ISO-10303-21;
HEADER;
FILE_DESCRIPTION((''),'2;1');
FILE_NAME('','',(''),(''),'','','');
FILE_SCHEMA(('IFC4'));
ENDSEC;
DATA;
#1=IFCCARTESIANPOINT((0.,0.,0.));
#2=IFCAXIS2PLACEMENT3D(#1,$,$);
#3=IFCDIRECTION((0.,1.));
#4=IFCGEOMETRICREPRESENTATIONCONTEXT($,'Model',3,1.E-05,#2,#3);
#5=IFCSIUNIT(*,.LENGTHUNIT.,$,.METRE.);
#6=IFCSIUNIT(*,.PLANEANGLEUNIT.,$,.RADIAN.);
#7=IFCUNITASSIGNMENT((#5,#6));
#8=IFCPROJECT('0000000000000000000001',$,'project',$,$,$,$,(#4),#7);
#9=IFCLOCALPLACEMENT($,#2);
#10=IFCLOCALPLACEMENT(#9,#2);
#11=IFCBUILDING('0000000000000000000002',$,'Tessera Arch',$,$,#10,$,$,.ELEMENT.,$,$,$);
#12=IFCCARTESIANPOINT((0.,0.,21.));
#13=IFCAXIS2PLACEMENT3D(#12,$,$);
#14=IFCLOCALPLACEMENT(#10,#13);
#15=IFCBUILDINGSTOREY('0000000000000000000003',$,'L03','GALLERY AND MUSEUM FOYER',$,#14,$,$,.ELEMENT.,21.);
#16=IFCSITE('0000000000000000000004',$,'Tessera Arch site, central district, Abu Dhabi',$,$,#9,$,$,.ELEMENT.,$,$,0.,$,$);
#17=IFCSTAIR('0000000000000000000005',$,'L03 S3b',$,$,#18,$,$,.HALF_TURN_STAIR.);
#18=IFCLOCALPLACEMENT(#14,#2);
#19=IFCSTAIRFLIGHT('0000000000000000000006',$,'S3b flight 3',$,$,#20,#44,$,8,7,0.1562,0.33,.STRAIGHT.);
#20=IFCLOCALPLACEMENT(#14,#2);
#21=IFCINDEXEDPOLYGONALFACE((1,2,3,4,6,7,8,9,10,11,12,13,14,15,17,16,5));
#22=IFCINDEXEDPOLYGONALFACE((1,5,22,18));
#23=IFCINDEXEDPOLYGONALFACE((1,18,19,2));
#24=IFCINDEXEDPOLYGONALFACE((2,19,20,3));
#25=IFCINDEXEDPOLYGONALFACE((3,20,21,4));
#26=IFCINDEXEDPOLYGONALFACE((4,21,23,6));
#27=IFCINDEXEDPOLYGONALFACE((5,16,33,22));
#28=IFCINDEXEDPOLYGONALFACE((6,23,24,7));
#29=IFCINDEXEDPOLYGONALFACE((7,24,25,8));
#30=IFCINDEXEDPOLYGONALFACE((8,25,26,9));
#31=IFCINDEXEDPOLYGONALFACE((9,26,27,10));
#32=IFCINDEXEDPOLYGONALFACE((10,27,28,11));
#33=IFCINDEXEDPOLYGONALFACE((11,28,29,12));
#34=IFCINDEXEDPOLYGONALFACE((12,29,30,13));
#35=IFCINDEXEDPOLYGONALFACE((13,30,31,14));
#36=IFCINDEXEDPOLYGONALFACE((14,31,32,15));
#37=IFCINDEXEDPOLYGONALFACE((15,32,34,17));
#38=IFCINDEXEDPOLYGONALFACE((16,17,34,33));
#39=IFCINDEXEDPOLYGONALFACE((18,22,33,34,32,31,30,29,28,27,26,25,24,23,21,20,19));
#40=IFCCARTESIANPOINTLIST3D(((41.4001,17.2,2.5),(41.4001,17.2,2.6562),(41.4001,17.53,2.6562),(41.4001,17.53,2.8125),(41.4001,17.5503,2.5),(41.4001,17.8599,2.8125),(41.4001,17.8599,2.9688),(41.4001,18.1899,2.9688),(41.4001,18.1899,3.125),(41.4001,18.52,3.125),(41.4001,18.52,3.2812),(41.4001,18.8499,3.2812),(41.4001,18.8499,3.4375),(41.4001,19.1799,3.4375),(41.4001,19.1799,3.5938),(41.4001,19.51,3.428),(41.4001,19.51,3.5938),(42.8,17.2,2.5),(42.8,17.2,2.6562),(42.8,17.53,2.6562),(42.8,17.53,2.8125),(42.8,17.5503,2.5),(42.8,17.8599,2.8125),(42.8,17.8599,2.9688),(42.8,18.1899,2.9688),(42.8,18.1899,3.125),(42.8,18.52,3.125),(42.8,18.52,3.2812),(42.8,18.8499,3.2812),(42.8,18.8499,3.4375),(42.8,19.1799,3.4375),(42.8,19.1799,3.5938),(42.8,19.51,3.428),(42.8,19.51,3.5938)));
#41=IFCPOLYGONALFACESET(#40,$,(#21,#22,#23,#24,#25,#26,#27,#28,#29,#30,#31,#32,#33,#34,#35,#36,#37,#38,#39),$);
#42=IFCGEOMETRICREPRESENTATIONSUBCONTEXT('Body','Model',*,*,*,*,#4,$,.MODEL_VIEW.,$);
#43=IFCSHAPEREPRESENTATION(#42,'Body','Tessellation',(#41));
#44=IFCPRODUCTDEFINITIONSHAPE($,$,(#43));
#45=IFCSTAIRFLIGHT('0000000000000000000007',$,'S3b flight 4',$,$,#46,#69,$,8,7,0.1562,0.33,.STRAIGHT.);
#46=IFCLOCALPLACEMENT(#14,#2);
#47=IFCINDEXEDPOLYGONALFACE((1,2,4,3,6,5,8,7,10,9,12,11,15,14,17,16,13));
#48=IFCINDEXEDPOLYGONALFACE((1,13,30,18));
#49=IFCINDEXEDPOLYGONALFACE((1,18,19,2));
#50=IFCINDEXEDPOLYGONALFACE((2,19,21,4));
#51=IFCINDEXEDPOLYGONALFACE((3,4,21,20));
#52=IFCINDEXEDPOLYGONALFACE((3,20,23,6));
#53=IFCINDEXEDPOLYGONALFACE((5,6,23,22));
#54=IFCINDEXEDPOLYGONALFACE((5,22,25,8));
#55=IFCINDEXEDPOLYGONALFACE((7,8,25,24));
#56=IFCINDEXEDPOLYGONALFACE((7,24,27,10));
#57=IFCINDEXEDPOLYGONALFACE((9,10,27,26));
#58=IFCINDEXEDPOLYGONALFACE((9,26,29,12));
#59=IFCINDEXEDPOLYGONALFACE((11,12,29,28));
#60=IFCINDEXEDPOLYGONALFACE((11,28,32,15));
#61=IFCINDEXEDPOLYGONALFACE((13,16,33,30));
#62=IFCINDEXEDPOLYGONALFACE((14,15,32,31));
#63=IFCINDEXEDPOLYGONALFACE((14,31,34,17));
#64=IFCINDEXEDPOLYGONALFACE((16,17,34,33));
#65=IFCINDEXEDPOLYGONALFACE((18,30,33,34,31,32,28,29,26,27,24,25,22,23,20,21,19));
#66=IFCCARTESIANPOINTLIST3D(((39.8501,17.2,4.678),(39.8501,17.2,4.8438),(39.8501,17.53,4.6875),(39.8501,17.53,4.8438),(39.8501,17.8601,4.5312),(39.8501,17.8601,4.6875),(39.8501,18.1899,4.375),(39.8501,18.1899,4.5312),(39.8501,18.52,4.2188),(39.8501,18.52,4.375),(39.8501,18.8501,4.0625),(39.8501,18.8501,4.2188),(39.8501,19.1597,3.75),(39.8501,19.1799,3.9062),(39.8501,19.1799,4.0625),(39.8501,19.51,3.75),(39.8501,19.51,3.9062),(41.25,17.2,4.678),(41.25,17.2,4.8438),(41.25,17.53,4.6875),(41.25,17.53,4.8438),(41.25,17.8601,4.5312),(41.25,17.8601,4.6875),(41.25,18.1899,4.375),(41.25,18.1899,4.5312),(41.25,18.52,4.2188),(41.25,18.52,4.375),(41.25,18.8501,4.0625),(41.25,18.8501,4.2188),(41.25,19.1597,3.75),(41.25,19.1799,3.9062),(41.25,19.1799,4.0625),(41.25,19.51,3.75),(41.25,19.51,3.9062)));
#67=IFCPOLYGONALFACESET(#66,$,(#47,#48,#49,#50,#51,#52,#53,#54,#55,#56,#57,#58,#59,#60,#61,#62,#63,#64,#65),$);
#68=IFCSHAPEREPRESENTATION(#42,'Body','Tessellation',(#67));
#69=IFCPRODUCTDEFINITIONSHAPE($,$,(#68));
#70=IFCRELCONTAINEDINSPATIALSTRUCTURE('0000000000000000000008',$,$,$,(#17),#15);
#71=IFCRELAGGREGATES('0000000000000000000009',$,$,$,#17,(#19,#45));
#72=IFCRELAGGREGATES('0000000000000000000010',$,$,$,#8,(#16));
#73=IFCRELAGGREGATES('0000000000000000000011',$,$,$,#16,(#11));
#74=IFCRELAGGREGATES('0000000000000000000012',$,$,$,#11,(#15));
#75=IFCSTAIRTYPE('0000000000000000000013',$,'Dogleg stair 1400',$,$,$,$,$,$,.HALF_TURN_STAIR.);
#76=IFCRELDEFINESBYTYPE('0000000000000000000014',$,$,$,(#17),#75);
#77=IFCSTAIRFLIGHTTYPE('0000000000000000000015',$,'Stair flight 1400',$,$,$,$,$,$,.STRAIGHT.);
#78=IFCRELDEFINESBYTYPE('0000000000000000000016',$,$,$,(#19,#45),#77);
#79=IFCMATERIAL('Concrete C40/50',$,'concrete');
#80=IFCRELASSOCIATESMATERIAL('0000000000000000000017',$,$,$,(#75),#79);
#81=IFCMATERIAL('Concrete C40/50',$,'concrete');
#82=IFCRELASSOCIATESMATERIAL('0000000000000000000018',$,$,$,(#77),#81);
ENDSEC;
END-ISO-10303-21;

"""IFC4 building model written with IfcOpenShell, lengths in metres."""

from ifc_helpers import new_model, si_unit, direction, frame, origin, place, context, subcontext, project, spatial, polyline, outline, extrude, material, type_object, element, aggregate, save


model = new_model("IFC4")

# Units and contexts
model_context = context("Model", 3, precision=1e-05, world=origin(), true_north=direction((0.0, 1.0)))
body_context = subcontext(model_context, "Body", "Model", "MODEL_VIEW")
ifc_project = project(units=[si_unit("LENGTHUNIT", "METRE"), si_unit("PLANEANGLEUNIT", "RADIAN")], contexts=[model_context])

# Site, building, storey
site_placement = place(None, origin())
site = spatial("IfcSite", under=ifc_project, at=site_placement, Name="Tessera Arch site, central district, Abu Dhabi", CompositionType="ELEMENT", RefElevation=0.0)
building_placement = place(site_placement, origin())
building = spatial("IfcBuilding", under=site, at=building_placement, Name="Tessera Arch", CompositionType="ELEMENT")
storey_placement = place(building_placement, frame((0.0, 0.0, 21.0)))
storey = spatial("IfcBuildingStorey", under=building, at=storey_placement, Name="L03", Description="GALLERY AND MUSEUM FOYER", CompositionType="ELEMENT", Elevation=21.0)

# Stair, stair flights
ifc_material_1 = material(Name="Concrete C40/50", Category="concrete")
stair_type = type_object("IfcStairType", Name="Dogleg stair 1400", PredefinedType="HALF_TURN_STAIR", material=ifc_material_1)
stair_placement = place(storey_placement, origin())
stair = element("IfcStair", 1, at=stair_placement, inside=storey, type_object=stair_type, Name="L03 S3b", PredefinedType="HALF_TURN_STAIR")
ifc_material_2 = material(Name="Concrete C40/50", Category="concrete")
stair_flight_type = type_object("IfcStairFlightType", Name="Stair flight 1400", PredefinedType="STRAIGHT", material=ifc_material_2)
stair_flight_1_placement = place(storey_placement, frame((42.1001, 17.2, 2.5), z_axis=(0.0, 0.0, 1.0), x_axis=(0.0, 1.0, 0.0)))
stair_flight_1 = element("IfcStairFlight", 2, at=stair_flight_1_placement, type_object=stair_flight_type, Name="S3b flight 3", NumberOfRisers=8, NumberOfTreads=7, PredefinedType="STRAIGHT", RiserHeight=0.1562, TreadLength=0.33, context=body_context, shape_type="SweptSolid", body=[
    extrude(outline(polyline([(0.0, 0.0), (0.0, 0.1562), (0.3301, 0.1562), (0.3301, 0.3125), (0.6599, 0.3125), (0.6599, 0.4688), (0.99, 0.4688), (0.99, 0.625), (1.3201, 0.625), (1.3201, 0.7812), (1.6499, 0.7812), (1.6499, 0.9375), (1.98, 0.9375), (1.98, 1.0938), (2.3101, 1.0938), (2.3101, 1.25), (2.3101, 0.928), (0.3503, 0.0), (0.0, 0.0)])), frame((0.0, 0.7, 0.0), z_axis=(0.0, -1.0, 0.0), x_axis=(1.0, 0.0, 0.0)), (0.0, 0.0, 1.0), 1.3999),
])
stair_flight_2_placement = place(storey_placement, frame((40.55, 19.51, 3.75), z_axis=(0.0, 0.0, 1.0), x_axis=(0.0, -1.0, 0.0)))
stair_flight_2 = element("IfcStairFlight", 3, at=stair_flight_2_placement, type_object=stair_flight_type, Name="S3b flight 4", NumberOfRisers=8, NumberOfTreads=7, PredefinedType="STRAIGHT", RiserHeight=0.1562, TreadLength=0.33, context=body_context, shape_type="SweptSolid", body=[
    extrude(outline(polyline([(0.0, 0.0), (0.0, 0.1562), (0.3301, 0.1562), (0.3301, 0.3125), (0.6599, 0.3125), (0.6599, 0.4688), (0.99, 0.4688), (0.99, 0.625), (1.3201, 0.625), (1.3201, 0.7812), (1.6499, 0.7812), (1.6499, 0.9375), (1.98, 0.9375), (1.98, 1.0938), (2.3101, 1.0938), (2.3101, 1.25), (2.3101, 0.928), (0.3503, 0.0), (0.0, 0.0)])), frame((0.0, 0.7, 0.0), z_axis=(0.0, -1.0, 0.0), x_axis=(1.0, 0.0, 0.0)), (0.0, 0.0, 1.0), 1.3999),
])
aggregate(stair, [stair_flight_1, stair_flight_2])

save(model, "model.ifc")
